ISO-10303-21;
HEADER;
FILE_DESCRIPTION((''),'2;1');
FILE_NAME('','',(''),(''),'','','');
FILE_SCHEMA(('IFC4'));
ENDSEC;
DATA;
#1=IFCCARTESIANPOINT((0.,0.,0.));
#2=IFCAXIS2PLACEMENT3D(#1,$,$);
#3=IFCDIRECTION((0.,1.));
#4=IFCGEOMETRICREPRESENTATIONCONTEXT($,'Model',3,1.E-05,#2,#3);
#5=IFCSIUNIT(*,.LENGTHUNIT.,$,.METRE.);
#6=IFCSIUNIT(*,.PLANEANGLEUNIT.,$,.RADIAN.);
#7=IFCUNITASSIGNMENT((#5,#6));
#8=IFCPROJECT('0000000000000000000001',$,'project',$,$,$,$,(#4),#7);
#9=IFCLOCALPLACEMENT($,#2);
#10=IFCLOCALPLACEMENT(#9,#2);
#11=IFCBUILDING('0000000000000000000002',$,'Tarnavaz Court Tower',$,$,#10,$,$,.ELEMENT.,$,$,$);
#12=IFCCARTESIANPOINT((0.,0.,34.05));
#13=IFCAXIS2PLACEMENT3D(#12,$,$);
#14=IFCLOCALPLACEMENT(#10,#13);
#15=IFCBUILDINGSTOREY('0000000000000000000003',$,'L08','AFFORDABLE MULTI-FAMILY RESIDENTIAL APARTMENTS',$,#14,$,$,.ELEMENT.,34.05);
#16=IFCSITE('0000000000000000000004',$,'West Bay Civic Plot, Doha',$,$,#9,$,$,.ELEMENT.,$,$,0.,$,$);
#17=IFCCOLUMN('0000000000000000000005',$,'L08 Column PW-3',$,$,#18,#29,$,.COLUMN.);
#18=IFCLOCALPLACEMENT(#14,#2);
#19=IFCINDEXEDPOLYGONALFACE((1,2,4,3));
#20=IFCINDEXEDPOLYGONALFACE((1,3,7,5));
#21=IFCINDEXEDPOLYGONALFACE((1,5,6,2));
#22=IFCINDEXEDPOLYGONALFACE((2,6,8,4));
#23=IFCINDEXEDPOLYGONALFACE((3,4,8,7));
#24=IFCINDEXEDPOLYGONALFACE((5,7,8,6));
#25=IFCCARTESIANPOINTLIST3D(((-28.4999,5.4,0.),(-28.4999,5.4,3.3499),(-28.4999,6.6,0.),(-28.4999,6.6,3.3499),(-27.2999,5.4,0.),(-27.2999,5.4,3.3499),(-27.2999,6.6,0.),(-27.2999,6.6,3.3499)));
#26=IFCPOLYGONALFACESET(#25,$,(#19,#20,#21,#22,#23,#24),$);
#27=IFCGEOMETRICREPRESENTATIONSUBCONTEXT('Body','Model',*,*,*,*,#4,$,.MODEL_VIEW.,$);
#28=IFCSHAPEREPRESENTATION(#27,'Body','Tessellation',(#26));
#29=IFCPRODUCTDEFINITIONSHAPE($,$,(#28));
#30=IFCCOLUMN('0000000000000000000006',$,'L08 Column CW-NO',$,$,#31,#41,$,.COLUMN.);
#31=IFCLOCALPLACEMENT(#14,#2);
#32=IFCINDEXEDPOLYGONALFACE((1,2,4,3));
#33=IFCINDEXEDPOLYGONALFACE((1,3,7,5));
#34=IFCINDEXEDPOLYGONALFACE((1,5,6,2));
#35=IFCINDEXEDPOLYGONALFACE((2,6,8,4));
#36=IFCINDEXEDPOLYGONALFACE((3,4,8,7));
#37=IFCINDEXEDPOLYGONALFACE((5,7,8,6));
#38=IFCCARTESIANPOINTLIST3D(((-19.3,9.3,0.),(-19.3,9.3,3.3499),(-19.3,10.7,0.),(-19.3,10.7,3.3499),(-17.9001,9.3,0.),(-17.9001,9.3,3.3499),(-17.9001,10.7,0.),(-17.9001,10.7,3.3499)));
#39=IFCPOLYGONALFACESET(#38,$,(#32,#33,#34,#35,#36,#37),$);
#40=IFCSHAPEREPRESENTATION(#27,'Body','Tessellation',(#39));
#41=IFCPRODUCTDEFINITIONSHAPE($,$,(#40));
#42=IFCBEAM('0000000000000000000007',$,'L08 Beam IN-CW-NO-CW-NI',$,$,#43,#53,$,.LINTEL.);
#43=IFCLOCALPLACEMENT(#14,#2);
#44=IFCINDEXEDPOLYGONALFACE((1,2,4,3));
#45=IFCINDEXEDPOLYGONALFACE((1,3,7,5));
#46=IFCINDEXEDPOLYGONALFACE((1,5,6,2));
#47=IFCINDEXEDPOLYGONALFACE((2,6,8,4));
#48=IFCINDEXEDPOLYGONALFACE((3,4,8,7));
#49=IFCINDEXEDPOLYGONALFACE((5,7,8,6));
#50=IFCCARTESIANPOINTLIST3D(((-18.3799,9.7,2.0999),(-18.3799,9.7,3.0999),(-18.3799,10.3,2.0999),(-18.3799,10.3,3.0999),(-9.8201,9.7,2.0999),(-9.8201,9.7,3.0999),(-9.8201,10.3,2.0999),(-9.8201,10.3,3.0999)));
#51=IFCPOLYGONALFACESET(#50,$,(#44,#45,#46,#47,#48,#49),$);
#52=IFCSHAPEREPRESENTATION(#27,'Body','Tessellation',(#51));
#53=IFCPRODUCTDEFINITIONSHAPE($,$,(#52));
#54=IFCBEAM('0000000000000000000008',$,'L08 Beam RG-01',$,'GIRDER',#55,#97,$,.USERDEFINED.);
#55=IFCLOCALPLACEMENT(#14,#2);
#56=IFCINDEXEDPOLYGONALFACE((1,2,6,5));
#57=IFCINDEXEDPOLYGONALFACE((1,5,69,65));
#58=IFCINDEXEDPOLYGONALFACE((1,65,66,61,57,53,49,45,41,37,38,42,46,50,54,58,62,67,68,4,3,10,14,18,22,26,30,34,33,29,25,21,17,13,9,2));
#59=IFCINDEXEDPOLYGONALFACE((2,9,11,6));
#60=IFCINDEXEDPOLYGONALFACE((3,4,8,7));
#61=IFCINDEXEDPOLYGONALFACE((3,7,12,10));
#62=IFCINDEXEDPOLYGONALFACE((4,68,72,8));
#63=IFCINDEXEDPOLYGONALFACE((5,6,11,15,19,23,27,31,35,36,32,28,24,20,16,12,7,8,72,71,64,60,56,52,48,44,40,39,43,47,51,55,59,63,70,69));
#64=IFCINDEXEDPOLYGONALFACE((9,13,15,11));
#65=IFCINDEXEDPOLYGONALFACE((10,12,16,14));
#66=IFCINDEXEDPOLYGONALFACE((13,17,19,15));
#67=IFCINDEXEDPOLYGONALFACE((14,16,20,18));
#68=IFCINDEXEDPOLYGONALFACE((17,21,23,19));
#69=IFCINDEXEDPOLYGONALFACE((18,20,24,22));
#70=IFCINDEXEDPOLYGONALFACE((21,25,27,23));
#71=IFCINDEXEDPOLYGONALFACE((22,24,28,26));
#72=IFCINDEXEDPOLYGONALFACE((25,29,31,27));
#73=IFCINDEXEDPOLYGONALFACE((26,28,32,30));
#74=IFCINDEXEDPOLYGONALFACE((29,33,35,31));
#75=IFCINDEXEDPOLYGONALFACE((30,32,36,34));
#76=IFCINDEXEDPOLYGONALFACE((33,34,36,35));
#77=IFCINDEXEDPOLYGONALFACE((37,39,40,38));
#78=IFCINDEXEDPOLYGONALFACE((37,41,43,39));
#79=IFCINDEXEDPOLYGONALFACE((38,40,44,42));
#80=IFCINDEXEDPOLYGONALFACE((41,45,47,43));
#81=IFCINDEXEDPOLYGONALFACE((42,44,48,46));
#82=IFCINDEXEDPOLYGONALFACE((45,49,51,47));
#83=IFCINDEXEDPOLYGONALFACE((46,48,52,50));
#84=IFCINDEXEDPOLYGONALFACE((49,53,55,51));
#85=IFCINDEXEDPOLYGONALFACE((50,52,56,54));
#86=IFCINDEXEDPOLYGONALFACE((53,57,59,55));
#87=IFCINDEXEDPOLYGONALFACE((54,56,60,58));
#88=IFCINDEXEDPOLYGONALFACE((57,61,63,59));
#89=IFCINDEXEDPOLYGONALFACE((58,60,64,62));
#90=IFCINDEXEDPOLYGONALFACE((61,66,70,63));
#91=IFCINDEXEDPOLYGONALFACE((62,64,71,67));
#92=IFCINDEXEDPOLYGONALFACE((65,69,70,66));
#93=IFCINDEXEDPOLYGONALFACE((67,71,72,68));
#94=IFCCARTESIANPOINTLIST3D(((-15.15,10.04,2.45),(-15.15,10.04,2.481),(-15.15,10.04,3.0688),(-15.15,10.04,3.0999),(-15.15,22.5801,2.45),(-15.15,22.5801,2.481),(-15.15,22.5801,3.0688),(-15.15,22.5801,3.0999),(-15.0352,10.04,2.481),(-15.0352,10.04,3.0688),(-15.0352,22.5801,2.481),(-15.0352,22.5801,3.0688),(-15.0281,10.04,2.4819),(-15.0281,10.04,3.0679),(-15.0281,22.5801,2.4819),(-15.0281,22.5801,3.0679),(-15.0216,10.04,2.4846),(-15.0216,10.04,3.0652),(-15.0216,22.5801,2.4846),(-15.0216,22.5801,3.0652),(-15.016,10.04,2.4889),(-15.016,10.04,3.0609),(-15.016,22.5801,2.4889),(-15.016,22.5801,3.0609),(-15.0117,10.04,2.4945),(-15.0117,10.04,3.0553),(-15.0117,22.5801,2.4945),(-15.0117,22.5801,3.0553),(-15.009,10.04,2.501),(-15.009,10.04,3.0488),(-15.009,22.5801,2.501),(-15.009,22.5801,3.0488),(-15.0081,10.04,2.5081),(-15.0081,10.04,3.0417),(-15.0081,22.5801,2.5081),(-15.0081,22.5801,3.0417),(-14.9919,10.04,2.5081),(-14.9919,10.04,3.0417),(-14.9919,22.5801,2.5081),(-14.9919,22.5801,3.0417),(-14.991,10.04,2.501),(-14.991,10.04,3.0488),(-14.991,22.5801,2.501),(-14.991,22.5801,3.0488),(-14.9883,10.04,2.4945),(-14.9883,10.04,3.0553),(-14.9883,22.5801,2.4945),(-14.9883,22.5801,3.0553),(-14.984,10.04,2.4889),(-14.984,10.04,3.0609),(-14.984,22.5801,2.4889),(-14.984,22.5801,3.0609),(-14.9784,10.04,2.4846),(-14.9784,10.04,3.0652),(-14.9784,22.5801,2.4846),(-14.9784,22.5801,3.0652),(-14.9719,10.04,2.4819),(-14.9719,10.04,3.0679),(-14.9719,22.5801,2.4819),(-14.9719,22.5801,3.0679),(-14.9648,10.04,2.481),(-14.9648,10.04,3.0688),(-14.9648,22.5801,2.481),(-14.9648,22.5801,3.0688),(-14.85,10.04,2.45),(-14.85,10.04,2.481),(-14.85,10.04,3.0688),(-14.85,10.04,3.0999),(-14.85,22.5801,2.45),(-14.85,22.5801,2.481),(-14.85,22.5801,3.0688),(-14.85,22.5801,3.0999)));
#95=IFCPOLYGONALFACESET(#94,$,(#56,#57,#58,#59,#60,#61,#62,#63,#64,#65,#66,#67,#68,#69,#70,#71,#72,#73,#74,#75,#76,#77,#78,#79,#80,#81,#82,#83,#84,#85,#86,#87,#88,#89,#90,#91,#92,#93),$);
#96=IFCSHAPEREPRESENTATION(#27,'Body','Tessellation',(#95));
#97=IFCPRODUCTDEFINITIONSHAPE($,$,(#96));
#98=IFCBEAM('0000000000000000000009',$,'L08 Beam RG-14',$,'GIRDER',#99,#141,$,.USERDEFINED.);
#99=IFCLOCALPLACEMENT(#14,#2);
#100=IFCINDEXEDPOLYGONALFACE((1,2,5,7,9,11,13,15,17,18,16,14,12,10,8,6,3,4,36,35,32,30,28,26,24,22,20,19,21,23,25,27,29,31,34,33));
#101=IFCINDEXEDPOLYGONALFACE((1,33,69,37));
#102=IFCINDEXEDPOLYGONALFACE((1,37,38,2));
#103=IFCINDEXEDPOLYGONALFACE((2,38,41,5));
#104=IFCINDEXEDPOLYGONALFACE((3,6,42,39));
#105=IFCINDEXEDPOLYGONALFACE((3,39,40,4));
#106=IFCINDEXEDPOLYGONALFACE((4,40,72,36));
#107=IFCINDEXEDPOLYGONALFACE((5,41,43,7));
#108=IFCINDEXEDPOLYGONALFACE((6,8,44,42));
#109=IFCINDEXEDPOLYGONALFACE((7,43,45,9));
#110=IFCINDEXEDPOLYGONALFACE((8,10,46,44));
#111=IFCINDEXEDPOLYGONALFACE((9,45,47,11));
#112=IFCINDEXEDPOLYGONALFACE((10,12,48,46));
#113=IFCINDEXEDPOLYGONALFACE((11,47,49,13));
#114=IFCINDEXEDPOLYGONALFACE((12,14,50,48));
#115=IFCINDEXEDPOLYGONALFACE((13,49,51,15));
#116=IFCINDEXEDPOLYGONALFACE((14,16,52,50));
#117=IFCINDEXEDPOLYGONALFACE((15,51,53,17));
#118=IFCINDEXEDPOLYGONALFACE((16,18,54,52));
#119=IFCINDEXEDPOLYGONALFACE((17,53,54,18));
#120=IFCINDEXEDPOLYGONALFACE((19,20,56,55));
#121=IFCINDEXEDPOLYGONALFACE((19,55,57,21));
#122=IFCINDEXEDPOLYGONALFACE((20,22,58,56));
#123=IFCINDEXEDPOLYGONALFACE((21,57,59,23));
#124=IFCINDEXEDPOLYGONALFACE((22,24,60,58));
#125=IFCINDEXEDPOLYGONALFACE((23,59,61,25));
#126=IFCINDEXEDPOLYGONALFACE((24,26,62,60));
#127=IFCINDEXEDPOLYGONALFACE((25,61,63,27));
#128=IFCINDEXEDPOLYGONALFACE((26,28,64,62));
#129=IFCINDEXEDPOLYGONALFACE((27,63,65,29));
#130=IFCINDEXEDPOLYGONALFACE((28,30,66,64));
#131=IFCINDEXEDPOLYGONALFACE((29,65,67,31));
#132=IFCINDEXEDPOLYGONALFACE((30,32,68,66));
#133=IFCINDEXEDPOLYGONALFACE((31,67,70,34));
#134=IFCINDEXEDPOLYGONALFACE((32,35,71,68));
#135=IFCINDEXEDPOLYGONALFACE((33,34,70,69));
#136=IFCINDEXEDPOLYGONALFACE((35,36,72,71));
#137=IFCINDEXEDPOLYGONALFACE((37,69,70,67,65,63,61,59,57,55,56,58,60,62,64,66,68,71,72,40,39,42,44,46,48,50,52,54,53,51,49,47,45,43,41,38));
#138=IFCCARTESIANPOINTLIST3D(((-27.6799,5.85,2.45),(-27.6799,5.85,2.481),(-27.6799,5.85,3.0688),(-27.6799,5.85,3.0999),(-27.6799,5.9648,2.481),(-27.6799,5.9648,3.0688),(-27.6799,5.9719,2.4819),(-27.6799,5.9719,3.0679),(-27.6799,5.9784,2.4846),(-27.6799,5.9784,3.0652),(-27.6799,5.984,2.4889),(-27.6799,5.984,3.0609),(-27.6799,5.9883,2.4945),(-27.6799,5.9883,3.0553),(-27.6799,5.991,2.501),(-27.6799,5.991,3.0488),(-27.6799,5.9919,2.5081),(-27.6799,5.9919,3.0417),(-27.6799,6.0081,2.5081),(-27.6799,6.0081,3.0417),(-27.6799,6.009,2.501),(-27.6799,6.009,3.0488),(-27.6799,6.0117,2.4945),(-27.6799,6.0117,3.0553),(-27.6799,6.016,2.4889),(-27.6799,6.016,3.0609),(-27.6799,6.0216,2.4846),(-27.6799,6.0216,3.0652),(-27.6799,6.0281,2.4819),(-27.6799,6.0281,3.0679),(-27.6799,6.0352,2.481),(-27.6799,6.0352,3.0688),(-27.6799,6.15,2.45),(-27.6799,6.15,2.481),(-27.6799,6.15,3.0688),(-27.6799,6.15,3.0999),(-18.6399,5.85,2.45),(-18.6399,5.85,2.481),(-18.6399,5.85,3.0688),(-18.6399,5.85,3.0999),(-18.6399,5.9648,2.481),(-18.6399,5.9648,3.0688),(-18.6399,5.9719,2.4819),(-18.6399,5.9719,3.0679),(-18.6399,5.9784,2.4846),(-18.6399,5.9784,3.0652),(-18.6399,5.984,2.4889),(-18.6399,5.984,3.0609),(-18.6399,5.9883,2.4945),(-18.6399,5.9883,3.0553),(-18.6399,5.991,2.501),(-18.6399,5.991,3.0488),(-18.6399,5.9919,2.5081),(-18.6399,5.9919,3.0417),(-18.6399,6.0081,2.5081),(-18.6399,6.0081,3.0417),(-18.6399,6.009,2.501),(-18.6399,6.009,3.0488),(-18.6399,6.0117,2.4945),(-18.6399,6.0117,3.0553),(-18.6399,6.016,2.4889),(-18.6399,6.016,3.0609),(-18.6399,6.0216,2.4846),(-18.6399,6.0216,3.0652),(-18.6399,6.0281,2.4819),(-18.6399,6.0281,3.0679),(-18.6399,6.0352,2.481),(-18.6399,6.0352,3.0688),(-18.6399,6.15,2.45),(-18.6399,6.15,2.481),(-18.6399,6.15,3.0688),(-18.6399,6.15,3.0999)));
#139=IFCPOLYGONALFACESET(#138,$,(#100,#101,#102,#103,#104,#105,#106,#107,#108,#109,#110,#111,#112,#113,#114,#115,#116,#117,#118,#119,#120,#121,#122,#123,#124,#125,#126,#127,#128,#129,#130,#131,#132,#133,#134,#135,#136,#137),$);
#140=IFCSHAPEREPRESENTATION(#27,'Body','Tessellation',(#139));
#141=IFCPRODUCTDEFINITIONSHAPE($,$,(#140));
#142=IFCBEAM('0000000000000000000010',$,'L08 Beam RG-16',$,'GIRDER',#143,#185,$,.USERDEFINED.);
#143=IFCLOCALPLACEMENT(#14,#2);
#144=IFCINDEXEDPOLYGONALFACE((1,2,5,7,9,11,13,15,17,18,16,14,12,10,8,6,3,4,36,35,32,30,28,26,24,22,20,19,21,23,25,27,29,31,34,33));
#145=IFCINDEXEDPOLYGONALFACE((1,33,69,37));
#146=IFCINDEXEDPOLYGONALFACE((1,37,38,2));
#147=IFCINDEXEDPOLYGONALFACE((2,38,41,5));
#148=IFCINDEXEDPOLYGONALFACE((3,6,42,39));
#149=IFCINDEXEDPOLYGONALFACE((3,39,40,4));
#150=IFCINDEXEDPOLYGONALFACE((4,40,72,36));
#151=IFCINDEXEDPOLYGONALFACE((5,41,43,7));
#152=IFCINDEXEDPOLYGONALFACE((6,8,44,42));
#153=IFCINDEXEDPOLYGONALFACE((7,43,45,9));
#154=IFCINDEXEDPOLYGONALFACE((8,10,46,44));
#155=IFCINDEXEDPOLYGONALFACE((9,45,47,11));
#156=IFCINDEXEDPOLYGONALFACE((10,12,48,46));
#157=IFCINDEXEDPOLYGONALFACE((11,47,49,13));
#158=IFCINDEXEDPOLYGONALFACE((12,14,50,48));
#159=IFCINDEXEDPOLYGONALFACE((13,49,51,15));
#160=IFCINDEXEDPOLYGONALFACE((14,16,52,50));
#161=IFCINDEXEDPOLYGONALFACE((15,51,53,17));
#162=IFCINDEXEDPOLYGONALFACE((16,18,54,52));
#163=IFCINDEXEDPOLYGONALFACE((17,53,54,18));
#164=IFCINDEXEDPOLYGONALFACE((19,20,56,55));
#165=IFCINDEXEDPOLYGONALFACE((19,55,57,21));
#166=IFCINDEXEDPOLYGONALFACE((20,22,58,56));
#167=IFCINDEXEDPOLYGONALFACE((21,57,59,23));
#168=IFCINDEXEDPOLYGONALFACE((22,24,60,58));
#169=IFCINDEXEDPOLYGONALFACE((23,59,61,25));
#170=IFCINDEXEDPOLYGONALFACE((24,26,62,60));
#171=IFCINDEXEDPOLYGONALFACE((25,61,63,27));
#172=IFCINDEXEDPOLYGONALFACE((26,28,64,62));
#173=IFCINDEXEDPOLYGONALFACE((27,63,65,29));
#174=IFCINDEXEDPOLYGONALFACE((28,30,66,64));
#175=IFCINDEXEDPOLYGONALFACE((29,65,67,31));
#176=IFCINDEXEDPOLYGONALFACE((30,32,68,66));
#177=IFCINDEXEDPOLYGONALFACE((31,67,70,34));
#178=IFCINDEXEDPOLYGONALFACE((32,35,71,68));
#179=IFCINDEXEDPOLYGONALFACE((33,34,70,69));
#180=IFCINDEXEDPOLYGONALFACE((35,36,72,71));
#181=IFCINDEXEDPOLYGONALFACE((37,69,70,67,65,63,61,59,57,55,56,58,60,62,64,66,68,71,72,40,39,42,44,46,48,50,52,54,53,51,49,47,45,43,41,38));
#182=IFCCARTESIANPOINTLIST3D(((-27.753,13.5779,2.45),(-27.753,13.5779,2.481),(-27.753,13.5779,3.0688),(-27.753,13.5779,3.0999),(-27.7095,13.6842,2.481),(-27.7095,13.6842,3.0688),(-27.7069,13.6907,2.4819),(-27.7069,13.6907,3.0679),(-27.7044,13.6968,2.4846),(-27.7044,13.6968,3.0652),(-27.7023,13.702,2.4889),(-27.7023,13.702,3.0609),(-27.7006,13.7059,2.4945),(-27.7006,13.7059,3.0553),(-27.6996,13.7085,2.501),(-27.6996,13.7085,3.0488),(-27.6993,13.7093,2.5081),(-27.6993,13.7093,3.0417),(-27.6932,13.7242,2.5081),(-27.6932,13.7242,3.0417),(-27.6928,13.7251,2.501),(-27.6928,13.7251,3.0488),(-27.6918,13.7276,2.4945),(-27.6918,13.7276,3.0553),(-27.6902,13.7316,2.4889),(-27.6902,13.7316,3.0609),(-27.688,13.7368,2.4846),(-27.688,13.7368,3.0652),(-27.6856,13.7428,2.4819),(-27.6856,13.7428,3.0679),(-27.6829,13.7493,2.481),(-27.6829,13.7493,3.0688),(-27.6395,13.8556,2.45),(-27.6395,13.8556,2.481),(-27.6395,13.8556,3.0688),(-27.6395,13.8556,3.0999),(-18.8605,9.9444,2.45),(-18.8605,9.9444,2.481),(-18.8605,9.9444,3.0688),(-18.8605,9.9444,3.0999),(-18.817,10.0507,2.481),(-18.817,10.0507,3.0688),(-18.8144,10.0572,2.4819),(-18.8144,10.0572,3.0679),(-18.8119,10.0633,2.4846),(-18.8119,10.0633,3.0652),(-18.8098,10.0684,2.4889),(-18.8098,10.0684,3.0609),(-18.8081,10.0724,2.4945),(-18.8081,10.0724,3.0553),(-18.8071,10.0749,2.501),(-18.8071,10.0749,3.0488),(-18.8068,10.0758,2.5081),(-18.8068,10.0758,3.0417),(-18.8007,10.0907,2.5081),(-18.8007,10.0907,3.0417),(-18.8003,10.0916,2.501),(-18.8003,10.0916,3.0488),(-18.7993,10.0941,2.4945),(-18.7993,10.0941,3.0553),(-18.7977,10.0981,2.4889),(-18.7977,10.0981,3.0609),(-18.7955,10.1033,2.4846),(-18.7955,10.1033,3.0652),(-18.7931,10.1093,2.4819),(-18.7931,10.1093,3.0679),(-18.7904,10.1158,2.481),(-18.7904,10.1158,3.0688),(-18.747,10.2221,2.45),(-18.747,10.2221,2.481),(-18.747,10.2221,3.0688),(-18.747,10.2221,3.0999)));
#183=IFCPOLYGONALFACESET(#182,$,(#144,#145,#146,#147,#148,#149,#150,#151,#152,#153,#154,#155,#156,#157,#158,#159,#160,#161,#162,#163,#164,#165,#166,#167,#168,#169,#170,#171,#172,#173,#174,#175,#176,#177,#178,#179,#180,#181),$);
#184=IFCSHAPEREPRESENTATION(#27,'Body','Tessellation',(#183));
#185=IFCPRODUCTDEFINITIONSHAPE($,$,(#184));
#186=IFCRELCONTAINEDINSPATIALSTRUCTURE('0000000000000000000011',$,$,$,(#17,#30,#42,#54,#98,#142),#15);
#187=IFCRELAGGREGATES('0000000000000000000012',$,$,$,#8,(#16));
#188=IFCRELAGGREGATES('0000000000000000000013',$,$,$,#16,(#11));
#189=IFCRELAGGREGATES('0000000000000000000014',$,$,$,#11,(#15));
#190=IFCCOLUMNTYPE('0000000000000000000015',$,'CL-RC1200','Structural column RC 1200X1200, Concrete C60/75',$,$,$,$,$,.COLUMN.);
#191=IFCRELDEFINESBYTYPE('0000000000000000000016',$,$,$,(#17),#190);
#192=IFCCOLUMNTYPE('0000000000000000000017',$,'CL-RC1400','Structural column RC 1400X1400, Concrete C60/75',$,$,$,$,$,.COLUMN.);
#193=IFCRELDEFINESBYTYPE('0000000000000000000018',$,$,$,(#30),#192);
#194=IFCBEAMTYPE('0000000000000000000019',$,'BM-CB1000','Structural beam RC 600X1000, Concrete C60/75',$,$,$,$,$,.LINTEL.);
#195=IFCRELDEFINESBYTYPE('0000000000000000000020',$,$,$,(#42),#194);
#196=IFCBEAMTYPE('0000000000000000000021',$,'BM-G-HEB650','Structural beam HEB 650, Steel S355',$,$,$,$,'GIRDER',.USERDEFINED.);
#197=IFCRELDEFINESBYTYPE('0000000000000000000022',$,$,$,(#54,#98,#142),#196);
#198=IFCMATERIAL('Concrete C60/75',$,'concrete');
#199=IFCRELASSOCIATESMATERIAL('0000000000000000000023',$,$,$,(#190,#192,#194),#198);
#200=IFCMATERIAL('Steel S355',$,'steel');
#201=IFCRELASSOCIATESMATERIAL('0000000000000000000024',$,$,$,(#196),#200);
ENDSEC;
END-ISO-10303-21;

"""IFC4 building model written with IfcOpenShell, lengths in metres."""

from ifc_helpers import new_model, si_unit, direction, frame, origin, origin_2d, place, context, subcontext, project, spatial, rectangle, i_section, extrude, material, material_profile, profile_set, type_object, element, save


model = new_model("IFC4")

# Units and contexts
model_context = context("Model", 3, precision=1e-05, world=origin(), true_north=direction((0.0, 1.0)))
body_context = subcontext(model_context, "Body", "Model", "MODEL_VIEW")
ifc_project = project(units=[si_unit("LENGTHUNIT", "METRE"), si_unit("PLANEANGLEUNIT", "RADIAN")], contexts=[model_context])

# Site, building, storey
site_placement = place(None, origin())
site = spatial("IfcSite", under=ifc_project, at=site_placement, Name="West Bay Civic Plot, Doha", CompositionType="ELEMENT", RefElevation=0.0)
building_placement = place(site_placement, origin())
building = spatial("IfcBuilding", under=site, at=building_placement, Name="Tarnavaz Court Tower", CompositionType="ELEMENT")
storey_placement = place(building_placement, frame((0.0, 0.0, 34.05)))
storey = spatial("IfcBuildingStorey", under=building, at=storey_placement, Name="L08", Description="AFFORDABLE MULTI-FAMILY RESIDENTIAL APARTMENTS", CompositionType="ELEMENT", Elevation=34.05)

# Columns
ifc_material_1 = material(Name="Concrete C60/75", Category="concrete")
ifc_material_profile_1 = material_profile(ifc_material_1, rectangle(XDim=1.2, YDim=1.2, at=origin_2d()), Name="RC 1200X1200")
ifc_profile_set_1 = profile_set([ifc_material_profile_1], Name="Concrete C60/75")
column_type_1 = type_object("IfcColumnType", Name="CL-RC1200", Description="Structural column RC 1200X1200, Concrete C60/75", PredefinedType="COLUMN", material=ifc_profile_set_1)
column_1_placement = place(storey_placement, frame((-27.8999, 6.0, 0.0), z_axis=(0.0, 0.0, 1.0), x_axis=(1.0, 0.0, 0.0)))
element("IfcColumn", 1, at=column_1_placement, inside=storey, type_object=column_type_1, Name="L08 Column PW-3", PredefinedType="COLUMN", context=body_context, shape_type="SweptSolid", body=[
    extrude(rectangle(XDim=1.2, YDim=1.2, at=origin_2d()), origin(), (0.0, 0.0, 1.0), 3.3499),
])
ifc_material_profile_2 = material_profile(ifc_material_1, rectangle(XDim=1.3999, YDim=1.3999, at=origin_2d()), Name="RC 1400X1400")
ifc_profile_set_2 = profile_set([ifc_material_profile_2], Name="Concrete C60/75")
column_type_2 = type_object("IfcColumnType", Name="CL-RC1400", Description="Structural column RC 1400X1400, Concrete C60/75", PredefinedType="COLUMN", material=ifc_profile_set_2)
column_2_placement = place(storey_placement, frame((-18.6001, 10.0, 0.0), z_axis=(0.0, 0.0, 1.0), x_axis=(1.0, 0.0, 0.0)))
element("IfcColumn", 2, at=column_2_placement, inside=storey, type_object=column_type_2, Name="L08 Column CW-NO", PredefinedType="COLUMN", context=body_context, shape_type="SweptSolid", body=[
    extrude(rectangle(XDim=1.3999, YDim=1.3999, at=origin_2d()), origin(), (0.0, 0.0, 1.0), 3.3499),
])

# Beams
ifc_material_profile_3 = material_profile(ifc_material_1, rectangle(XDim=0.6001, YDim=1.0, at=origin_2d()), Name="RC 600X1000")
ifc_profile_set_3 = profile_set([ifc_material_profile_3], Name="Concrete C60/75")
beam_type_1 = type_object("IfcBeamType", Name="BM-CB1000", Description="Structural beam RC 600X1000, Concrete C60/75", PredefinedType="LINTEL", material=ifc_profile_set_3)
beam_1_placement = place(storey_placement, frame((-18.3799, 10.0, 2.5999), z_axis=(1.0, 0.0, 0.0), x_axis=(0.0, 1.0, 0.0)))
element("IfcBeam", 3, at=beam_1_placement, inside=storey, type_object=beam_type_1, Name="L08 Beam IN-CW-NO-CW-NI", PredefinedType="LINTEL", context=body_context, shape_type="SweptSolid", body=[
    extrude(rectangle(XDim=0.6001, YDim=1.0, at=origin_2d()), origin(), (0.0, 0.0, 1.0), 8.5598),
])
ifc_material_2 = material(Name="Steel S355", Category="steel")
ifc_material_profile_4 = material_profile(ifc_material_2, i_section(OverallWidth=0.3, OverallDepth=0.6499, WebThickness=0.0161, FlangeThickness=0.031, FilletRadius=0.0271, at=origin_2d()), Name="HEB 650")
ifc_profile_set_4 = profile_set([ifc_material_profile_4], Name="Steel S355")
beam_type_2 = type_object("IfcBeamType", Name="BM-G-HEB650", Description="Structural beam HEB 650, Steel S355", ElementType="GIRDER", PredefinedType="USERDEFINED", material=ifc_profile_set_4)
beam_2_placement = place(storey_placement, frame((-15.0, 10.04, 2.7749), z_axis=(0.0, 1.0, 0.0), x_axis=(-1.0, 0.0, 0.0)))
element("IfcBeam", 4, at=beam_2_placement, inside=storey, type_object=beam_type_2, Name="L08 Beam RG-01", ObjectType="GIRDER", PredefinedType="USERDEFINED", context=body_context, shape_type="SweptSolid", body=[
    extrude(i_section(OverallWidth=0.3, OverallDepth=0.6499, WebThickness=0.0161, FlangeThickness=0.031, FilletRadius=0.0271, at=origin_2d()), origin(), (0.0, 0.0, 1.0), 12.54),
])
beam_3_placement = place(storey_placement, frame((-18.6399, 6.0, 2.7749), z_axis=(-1.0, 0.0, 0.0), x_axis=(0.0, -1.0, 0.0)))
element("IfcBeam", 5, at=beam_3_placement, inside=storey, type_object=beam_type_2, Name="L08 Beam RG-14", ObjectType="GIRDER", PredefinedType="USERDEFINED", context=body_context, shape_type="SweptSolid", body=[
    extrude(i_section(OverallWidth=0.3, OverallDepth=0.6499, WebThickness=0.0161, FlangeThickness=0.031, FilletRadius=0.0271, at=origin_2d()), origin(), (0.0, 0.0, 1.0), 9.04),
])
beam_4_placement = place(storey_placement, frame((-18.8037, 10.0833, 2.7749), z_axis=(-0.925705, 0.378247, 0.0), x_axis=(-0.378247, -0.925705, 0.0)))
element("IfcBeam", 6, at=beam_4_placement, inside=storey, type_object=beam_type_2, Name="L08 Beam RG-16", ObjectType="GIRDER", PredefinedType="USERDEFINED", context=body_context, shape_type="SweptSolid", body=[
    extrude(i_section(OverallWidth=0.3, OverallDepth=0.6499, WebThickness=0.0161, FlangeThickness=0.031, FilletRadius=0.0271, at=origin_2d()), origin(), (0.0, 0.0, 1.0), 9.6062),
])

save(model, "model.ifc")
